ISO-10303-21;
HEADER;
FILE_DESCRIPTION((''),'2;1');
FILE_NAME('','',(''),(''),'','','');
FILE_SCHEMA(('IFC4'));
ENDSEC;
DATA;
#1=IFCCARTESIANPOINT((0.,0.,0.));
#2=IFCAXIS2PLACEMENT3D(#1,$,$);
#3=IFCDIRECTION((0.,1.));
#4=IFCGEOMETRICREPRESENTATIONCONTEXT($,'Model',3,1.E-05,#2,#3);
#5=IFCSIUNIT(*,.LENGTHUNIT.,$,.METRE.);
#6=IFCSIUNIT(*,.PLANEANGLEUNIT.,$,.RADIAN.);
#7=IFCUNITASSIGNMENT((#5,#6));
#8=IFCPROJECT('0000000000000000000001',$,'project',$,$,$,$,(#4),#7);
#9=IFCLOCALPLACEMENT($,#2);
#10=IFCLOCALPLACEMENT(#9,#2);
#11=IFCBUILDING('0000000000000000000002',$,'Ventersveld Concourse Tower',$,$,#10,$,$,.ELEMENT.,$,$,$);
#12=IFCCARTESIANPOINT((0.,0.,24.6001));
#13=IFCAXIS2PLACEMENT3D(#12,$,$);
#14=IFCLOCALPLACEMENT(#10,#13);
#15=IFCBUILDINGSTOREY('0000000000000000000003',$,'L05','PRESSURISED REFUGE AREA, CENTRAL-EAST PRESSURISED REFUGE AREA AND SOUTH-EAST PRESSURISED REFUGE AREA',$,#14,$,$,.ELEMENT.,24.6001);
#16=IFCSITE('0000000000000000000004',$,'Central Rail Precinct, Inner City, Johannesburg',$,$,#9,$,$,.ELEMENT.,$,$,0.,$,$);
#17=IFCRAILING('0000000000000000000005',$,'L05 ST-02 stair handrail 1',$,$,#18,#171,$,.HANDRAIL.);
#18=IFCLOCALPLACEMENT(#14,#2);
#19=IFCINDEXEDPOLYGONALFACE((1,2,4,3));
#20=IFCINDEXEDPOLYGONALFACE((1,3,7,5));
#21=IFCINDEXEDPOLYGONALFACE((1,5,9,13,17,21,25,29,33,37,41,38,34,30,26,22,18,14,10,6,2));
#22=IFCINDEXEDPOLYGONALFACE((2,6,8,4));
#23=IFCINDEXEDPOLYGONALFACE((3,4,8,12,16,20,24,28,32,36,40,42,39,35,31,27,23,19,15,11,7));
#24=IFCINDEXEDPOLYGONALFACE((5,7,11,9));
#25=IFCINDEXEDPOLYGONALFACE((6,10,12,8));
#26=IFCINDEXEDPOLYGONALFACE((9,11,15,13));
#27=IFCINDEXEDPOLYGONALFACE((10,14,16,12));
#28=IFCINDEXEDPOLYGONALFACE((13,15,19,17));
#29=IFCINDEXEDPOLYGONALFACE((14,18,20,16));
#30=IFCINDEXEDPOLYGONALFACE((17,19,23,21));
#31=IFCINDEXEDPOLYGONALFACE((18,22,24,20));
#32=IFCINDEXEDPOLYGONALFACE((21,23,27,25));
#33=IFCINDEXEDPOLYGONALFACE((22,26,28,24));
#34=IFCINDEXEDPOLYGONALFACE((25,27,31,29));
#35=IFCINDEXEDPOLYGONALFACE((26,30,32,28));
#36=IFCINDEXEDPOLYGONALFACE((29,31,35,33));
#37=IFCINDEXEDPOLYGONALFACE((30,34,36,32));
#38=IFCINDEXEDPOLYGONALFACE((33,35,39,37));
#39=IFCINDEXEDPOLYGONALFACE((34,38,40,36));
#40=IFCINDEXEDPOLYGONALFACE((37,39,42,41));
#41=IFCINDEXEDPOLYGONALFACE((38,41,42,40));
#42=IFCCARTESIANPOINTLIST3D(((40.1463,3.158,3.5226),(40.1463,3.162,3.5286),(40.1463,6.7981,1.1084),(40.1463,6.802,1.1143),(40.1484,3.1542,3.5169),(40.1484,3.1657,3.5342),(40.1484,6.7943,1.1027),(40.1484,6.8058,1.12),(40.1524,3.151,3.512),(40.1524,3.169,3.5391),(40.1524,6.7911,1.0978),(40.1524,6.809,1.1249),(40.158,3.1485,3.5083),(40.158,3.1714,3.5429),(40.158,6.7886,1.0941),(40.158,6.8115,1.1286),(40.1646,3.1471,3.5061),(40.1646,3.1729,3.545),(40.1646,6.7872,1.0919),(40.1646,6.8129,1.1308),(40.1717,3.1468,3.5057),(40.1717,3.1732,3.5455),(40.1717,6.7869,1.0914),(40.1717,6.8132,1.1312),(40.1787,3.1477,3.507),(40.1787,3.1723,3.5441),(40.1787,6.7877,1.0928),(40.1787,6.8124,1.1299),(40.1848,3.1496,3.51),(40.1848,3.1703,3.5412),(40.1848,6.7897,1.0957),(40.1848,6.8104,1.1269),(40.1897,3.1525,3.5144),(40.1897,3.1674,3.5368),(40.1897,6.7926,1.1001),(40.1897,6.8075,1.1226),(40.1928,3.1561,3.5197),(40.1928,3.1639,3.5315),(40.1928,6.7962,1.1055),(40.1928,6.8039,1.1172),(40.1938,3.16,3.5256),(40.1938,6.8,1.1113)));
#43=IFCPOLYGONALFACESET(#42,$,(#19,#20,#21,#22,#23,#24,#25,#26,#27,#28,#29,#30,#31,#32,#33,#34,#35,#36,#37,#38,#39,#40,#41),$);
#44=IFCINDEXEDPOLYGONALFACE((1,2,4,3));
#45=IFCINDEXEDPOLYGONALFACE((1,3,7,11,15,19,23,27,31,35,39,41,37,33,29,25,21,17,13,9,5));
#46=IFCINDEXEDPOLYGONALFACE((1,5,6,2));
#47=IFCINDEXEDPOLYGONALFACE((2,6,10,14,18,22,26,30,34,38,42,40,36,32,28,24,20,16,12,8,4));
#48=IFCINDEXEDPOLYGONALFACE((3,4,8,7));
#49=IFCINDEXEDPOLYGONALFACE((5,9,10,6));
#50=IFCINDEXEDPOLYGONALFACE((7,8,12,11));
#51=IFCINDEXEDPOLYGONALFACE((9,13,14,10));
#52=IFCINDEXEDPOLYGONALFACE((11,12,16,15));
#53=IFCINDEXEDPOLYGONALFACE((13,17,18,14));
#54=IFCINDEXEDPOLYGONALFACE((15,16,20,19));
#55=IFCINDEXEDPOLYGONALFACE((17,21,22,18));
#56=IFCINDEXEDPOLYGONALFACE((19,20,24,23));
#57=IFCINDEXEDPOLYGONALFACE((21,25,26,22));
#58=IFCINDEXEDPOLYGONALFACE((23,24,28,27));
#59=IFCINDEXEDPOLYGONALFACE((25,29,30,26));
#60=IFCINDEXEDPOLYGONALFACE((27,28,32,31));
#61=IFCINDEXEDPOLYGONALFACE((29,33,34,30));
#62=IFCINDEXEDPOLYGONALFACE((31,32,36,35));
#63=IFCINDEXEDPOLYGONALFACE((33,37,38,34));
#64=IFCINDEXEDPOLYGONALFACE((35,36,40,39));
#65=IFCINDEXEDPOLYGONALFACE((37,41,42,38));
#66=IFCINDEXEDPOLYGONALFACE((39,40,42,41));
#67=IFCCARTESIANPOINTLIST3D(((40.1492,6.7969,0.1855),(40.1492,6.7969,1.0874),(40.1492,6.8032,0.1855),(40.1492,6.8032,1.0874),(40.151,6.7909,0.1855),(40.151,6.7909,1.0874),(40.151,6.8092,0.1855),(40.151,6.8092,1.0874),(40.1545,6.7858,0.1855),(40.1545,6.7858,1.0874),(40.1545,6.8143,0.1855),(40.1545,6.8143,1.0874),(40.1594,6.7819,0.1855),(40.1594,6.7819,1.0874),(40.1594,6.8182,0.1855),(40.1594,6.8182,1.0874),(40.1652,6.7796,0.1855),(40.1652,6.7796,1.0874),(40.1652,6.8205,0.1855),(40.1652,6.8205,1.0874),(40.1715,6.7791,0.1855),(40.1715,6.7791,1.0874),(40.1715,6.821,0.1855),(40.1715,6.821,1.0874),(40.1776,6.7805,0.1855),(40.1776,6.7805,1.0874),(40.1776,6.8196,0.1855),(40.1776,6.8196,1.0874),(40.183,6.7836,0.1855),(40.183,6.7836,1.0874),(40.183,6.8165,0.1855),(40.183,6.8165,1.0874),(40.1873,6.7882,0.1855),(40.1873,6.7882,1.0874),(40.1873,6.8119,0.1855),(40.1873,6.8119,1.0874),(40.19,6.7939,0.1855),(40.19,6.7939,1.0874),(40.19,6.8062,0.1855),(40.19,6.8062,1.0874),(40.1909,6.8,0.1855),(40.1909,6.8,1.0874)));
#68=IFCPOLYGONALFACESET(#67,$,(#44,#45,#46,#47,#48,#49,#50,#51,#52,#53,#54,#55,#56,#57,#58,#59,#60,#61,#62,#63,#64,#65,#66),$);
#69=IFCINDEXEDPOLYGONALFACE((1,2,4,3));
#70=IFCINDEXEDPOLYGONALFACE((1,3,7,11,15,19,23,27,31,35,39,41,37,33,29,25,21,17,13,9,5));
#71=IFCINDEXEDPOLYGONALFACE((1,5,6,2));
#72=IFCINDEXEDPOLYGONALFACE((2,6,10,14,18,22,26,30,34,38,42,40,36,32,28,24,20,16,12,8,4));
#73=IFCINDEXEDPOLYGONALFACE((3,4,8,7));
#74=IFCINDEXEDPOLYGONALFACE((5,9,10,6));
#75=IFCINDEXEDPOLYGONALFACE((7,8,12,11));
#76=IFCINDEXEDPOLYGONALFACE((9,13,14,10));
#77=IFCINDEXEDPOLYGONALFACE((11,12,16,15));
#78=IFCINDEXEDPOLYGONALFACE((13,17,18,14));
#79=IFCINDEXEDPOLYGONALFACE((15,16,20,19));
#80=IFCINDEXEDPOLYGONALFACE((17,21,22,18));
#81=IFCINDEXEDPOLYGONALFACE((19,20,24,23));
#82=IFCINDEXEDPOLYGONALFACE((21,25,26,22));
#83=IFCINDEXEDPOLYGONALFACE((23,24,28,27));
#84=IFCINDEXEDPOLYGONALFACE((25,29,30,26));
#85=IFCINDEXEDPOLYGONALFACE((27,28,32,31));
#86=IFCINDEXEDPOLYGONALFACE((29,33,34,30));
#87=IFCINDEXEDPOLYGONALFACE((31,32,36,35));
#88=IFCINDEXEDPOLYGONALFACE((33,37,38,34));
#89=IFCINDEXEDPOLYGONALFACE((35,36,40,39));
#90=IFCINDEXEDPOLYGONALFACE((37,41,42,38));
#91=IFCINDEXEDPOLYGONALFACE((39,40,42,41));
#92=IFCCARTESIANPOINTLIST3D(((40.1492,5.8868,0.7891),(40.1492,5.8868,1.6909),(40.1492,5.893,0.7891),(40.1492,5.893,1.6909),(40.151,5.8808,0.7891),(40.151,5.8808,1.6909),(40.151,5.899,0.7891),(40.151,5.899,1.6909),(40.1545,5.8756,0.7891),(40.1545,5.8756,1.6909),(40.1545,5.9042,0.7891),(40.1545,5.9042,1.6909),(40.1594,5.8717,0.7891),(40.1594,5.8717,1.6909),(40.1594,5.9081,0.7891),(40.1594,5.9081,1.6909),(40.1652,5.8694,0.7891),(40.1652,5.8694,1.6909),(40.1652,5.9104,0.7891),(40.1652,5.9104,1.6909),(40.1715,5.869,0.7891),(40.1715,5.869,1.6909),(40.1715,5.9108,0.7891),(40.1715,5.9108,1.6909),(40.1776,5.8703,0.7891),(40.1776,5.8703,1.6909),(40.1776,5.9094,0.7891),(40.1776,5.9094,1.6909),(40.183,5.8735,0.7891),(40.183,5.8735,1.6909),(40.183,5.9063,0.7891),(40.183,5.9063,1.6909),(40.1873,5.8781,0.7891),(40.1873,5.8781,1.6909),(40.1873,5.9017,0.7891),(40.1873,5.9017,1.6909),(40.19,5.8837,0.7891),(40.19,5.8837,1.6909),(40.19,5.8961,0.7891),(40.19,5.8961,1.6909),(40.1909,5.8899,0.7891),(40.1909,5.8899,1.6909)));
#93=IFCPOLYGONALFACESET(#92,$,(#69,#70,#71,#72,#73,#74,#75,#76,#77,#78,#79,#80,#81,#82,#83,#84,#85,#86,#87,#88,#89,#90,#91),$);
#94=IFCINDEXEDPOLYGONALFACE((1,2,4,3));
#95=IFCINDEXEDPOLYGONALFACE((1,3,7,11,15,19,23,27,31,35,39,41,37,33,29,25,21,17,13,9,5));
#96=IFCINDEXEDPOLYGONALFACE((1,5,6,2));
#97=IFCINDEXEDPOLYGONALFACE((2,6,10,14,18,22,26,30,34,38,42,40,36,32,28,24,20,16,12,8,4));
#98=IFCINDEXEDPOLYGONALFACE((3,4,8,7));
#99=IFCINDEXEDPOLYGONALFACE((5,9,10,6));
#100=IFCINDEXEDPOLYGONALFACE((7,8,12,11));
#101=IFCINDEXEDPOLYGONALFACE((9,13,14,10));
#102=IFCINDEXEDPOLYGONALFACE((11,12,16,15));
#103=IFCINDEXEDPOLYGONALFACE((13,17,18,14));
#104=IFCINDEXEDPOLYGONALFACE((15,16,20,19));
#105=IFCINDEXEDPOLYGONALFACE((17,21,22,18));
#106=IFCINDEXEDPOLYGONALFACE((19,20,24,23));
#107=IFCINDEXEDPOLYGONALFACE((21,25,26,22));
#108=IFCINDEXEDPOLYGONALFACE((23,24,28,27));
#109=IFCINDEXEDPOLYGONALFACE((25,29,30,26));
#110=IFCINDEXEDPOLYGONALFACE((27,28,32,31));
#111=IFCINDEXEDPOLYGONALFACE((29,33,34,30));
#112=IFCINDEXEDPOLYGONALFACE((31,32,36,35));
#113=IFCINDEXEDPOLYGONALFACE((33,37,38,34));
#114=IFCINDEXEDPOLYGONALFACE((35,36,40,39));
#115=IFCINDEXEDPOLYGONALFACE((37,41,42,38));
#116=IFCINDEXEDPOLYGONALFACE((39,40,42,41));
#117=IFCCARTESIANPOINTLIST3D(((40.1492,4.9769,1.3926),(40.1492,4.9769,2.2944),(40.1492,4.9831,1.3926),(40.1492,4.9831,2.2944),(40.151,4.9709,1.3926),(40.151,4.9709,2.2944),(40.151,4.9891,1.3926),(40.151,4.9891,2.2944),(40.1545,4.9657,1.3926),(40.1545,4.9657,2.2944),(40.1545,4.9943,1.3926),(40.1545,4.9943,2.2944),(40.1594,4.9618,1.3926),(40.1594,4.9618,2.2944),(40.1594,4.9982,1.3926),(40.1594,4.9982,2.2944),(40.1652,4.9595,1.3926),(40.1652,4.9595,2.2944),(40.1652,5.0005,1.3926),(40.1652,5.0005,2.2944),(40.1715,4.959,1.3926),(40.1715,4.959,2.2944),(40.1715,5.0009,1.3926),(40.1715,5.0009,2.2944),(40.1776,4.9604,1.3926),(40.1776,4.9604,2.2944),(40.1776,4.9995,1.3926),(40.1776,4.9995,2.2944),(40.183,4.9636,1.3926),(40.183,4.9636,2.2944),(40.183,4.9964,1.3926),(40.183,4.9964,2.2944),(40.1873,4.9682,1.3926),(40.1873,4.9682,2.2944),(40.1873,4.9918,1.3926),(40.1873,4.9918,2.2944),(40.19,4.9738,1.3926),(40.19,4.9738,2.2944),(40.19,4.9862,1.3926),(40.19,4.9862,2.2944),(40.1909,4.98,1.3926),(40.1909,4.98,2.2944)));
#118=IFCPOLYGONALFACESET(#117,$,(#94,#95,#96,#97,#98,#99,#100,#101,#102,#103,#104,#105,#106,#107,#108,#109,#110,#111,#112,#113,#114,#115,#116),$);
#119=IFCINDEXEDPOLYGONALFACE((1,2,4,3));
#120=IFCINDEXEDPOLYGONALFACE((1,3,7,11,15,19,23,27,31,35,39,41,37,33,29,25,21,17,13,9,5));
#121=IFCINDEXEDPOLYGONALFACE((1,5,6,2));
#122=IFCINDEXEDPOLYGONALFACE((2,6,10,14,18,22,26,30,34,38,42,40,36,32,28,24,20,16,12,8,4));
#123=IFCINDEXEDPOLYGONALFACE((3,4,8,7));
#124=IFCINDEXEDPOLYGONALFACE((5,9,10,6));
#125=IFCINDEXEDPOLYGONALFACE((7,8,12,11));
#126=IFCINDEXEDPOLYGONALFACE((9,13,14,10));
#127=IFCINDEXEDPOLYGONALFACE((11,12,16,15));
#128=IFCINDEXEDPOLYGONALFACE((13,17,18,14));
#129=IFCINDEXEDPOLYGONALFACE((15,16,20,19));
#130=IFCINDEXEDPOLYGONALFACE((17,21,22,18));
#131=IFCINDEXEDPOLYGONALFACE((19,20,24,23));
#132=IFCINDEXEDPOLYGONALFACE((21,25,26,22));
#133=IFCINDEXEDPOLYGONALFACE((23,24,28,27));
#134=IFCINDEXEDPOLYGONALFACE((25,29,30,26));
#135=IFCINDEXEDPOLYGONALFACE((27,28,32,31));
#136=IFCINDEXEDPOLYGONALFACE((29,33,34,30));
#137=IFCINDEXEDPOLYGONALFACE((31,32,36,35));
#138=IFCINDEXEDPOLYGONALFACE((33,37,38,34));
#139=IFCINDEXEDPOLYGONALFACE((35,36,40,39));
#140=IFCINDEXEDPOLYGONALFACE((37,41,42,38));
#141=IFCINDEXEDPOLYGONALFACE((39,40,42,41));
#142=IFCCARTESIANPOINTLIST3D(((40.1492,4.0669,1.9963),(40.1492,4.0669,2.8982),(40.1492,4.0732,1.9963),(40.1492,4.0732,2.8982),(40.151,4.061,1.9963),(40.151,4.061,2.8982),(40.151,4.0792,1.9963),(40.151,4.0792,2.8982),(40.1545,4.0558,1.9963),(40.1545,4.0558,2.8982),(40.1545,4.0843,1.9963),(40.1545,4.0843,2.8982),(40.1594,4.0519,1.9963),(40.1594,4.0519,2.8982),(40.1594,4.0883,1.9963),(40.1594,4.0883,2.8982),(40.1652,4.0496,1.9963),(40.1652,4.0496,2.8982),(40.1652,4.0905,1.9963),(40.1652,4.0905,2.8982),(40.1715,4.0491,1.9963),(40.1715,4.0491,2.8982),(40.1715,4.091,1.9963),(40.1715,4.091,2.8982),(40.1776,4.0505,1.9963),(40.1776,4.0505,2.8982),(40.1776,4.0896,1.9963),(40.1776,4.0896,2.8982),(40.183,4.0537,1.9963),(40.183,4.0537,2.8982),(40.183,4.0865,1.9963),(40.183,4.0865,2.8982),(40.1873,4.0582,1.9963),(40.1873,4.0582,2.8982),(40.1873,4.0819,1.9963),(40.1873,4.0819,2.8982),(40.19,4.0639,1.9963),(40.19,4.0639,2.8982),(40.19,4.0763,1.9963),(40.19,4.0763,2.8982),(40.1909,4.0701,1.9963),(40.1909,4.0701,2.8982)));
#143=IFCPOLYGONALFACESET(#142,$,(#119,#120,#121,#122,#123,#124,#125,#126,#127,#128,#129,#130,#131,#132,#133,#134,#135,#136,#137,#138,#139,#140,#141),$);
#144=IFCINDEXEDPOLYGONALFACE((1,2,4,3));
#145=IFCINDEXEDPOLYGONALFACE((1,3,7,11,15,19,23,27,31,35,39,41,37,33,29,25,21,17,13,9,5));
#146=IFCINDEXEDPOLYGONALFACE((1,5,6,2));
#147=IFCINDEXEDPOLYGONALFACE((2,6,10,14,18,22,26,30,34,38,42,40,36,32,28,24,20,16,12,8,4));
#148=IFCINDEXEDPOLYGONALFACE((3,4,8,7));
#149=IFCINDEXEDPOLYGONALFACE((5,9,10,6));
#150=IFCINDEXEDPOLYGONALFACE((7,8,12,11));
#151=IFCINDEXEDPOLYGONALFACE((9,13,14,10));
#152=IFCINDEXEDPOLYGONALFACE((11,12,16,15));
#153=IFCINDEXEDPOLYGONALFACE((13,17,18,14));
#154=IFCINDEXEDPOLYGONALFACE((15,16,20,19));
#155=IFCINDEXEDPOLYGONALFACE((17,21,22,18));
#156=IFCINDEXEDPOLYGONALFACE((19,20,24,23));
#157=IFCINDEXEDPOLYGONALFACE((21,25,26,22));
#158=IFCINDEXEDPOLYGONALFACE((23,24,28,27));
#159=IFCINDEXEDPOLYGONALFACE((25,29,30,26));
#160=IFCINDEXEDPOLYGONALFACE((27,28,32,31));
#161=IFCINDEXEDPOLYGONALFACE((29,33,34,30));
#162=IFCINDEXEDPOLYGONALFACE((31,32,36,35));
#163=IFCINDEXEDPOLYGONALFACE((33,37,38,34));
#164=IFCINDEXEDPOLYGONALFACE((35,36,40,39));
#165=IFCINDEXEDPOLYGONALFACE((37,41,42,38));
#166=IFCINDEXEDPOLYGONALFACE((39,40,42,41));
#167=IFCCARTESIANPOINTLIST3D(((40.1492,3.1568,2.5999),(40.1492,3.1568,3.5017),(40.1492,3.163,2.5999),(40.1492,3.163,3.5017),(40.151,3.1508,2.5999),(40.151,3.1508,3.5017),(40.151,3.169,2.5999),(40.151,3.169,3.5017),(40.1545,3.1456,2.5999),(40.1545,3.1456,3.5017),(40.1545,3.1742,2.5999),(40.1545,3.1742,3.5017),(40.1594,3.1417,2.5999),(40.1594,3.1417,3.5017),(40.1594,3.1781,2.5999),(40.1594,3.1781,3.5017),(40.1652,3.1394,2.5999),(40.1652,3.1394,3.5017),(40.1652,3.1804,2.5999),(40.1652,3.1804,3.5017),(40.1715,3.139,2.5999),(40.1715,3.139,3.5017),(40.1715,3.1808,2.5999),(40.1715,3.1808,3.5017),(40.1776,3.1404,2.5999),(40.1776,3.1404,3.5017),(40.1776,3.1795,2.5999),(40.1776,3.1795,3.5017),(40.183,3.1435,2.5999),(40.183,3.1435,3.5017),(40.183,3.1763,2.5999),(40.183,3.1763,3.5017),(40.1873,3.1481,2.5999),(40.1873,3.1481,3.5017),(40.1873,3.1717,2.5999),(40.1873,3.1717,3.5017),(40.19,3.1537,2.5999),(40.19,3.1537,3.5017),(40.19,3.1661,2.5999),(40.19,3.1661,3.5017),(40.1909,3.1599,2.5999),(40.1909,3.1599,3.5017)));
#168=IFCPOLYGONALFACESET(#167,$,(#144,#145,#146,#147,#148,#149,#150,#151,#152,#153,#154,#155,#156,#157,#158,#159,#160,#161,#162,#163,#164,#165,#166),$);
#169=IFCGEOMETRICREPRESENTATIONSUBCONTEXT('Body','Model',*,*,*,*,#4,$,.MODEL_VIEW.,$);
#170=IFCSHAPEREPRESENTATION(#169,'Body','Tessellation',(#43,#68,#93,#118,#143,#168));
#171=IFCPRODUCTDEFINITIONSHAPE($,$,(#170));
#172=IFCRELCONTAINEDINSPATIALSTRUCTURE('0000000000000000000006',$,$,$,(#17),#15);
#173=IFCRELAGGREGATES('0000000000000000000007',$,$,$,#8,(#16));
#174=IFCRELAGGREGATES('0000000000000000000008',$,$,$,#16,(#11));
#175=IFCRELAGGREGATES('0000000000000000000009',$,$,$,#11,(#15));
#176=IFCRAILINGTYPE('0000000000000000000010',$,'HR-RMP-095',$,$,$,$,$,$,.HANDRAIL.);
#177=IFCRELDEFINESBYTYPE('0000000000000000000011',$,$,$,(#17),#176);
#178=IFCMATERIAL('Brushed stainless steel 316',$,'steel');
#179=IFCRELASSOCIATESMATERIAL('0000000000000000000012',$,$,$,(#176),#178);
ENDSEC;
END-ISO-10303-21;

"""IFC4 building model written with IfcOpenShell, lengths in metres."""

from ifc_helpers import new_model, si_unit, direction, frame, origin, origin_2d, place, context, subcontext, project, spatial, circle, extrude, material, type_object, element, save


model = new_model("IFC4")

# Units and contexts
model_context = context("Model", 3, precision=1e-05, world=origin(), true_north=direction((0.0, 1.0)))
body_context = subcontext(model_context, "Body", "Model", "MODEL_VIEW")
ifc_project = project(units=[si_unit("LENGTHUNIT", "METRE"), si_unit("PLANEANGLEUNIT", "RADIAN")], contexts=[model_context])

# Site, building, storey
site_placement = place(None, origin())
site = spatial("IfcSite", under=ifc_project, at=site_placement, Name="Central Rail Precinct, Inner City, Johannesburg", CompositionType="ELEMENT", RefElevation=0.0)
building_placement = place(site_placement, origin())
building = spatial("IfcBuilding", under=site, at=building_placement, Name="Ventersveld Concourse Tower", CompositionType="ELEMENT")
storey_placement = place(building_placement, frame((0.0, 0.0, 24.6001)))
storey = spatial("IfcBuildingStorey", under=building, at=storey_placement, Name="L05", Description="PRESSURISED REFUGE AREA, CENTRAL-EAST PRESSURISED REFUGE AREA AND SOUTH-EAST PRESSURISED REFUGE AREA", CompositionType="ELEMENT", Elevation=24.6001)

# Railing
ifc_material_1 = material(Name="Brushed stainless steel 316", Category="steel")
railing_type_1 = type_object("IfcRailingType", Name="HR-RMP-095", PredefinedType="HANDRAIL", material=ifc_material_1)
railing_1_placement = place(storey_placement, frame((40.1699, 6.8, 0.1855)))
element("IfcRailing", 1, at=railing_1_placement, inside=storey, type_object=railing_type_1, Name="L05 ST-02 stair handrail 1", PredefinedType="HANDRAIL", context=body_context, shape_type="SweptSolid", body=[
    extrude(circle(Radius=0.0239, at=origin_2d()), frame((0.0, 0.0, 0.9258), z_axis=(0.0, -0.833364, 0.552725), x_axis=(1.0, 0.0, 0.0)), (0.0, 0.0, 1.0), 4.3679),
    extrude(circle(Radius=0.021, at=origin_2d()), origin(), (0.0, 0.0, 1.0), 0.9019),
    extrude(circle(Radius=0.021, at=origin_2d()), frame((0.0, -0.9102, 0.6035)), (0.0, 0.0, 1.0), 0.9019),
    extrude(circle(Radius=0.021, at=origin_2d()), frame((0.0, -1.8201, 1.207)), (0.0, 0.0, 1.0), 0.9019),
    extrude(circle(Radius=0.021, at=origin_2d()), frame((0.0, -2.73, 1.8108)), (0.0, 0.0, 1.0), 0.9019),
    extrude(circle(Radius=0.021, at=origin_2d()), frame((0.0, -3.6401, 2.4143)), (0.0, 0.0, 1.0), 0.9019),
])

save(model, "model.ifc")
